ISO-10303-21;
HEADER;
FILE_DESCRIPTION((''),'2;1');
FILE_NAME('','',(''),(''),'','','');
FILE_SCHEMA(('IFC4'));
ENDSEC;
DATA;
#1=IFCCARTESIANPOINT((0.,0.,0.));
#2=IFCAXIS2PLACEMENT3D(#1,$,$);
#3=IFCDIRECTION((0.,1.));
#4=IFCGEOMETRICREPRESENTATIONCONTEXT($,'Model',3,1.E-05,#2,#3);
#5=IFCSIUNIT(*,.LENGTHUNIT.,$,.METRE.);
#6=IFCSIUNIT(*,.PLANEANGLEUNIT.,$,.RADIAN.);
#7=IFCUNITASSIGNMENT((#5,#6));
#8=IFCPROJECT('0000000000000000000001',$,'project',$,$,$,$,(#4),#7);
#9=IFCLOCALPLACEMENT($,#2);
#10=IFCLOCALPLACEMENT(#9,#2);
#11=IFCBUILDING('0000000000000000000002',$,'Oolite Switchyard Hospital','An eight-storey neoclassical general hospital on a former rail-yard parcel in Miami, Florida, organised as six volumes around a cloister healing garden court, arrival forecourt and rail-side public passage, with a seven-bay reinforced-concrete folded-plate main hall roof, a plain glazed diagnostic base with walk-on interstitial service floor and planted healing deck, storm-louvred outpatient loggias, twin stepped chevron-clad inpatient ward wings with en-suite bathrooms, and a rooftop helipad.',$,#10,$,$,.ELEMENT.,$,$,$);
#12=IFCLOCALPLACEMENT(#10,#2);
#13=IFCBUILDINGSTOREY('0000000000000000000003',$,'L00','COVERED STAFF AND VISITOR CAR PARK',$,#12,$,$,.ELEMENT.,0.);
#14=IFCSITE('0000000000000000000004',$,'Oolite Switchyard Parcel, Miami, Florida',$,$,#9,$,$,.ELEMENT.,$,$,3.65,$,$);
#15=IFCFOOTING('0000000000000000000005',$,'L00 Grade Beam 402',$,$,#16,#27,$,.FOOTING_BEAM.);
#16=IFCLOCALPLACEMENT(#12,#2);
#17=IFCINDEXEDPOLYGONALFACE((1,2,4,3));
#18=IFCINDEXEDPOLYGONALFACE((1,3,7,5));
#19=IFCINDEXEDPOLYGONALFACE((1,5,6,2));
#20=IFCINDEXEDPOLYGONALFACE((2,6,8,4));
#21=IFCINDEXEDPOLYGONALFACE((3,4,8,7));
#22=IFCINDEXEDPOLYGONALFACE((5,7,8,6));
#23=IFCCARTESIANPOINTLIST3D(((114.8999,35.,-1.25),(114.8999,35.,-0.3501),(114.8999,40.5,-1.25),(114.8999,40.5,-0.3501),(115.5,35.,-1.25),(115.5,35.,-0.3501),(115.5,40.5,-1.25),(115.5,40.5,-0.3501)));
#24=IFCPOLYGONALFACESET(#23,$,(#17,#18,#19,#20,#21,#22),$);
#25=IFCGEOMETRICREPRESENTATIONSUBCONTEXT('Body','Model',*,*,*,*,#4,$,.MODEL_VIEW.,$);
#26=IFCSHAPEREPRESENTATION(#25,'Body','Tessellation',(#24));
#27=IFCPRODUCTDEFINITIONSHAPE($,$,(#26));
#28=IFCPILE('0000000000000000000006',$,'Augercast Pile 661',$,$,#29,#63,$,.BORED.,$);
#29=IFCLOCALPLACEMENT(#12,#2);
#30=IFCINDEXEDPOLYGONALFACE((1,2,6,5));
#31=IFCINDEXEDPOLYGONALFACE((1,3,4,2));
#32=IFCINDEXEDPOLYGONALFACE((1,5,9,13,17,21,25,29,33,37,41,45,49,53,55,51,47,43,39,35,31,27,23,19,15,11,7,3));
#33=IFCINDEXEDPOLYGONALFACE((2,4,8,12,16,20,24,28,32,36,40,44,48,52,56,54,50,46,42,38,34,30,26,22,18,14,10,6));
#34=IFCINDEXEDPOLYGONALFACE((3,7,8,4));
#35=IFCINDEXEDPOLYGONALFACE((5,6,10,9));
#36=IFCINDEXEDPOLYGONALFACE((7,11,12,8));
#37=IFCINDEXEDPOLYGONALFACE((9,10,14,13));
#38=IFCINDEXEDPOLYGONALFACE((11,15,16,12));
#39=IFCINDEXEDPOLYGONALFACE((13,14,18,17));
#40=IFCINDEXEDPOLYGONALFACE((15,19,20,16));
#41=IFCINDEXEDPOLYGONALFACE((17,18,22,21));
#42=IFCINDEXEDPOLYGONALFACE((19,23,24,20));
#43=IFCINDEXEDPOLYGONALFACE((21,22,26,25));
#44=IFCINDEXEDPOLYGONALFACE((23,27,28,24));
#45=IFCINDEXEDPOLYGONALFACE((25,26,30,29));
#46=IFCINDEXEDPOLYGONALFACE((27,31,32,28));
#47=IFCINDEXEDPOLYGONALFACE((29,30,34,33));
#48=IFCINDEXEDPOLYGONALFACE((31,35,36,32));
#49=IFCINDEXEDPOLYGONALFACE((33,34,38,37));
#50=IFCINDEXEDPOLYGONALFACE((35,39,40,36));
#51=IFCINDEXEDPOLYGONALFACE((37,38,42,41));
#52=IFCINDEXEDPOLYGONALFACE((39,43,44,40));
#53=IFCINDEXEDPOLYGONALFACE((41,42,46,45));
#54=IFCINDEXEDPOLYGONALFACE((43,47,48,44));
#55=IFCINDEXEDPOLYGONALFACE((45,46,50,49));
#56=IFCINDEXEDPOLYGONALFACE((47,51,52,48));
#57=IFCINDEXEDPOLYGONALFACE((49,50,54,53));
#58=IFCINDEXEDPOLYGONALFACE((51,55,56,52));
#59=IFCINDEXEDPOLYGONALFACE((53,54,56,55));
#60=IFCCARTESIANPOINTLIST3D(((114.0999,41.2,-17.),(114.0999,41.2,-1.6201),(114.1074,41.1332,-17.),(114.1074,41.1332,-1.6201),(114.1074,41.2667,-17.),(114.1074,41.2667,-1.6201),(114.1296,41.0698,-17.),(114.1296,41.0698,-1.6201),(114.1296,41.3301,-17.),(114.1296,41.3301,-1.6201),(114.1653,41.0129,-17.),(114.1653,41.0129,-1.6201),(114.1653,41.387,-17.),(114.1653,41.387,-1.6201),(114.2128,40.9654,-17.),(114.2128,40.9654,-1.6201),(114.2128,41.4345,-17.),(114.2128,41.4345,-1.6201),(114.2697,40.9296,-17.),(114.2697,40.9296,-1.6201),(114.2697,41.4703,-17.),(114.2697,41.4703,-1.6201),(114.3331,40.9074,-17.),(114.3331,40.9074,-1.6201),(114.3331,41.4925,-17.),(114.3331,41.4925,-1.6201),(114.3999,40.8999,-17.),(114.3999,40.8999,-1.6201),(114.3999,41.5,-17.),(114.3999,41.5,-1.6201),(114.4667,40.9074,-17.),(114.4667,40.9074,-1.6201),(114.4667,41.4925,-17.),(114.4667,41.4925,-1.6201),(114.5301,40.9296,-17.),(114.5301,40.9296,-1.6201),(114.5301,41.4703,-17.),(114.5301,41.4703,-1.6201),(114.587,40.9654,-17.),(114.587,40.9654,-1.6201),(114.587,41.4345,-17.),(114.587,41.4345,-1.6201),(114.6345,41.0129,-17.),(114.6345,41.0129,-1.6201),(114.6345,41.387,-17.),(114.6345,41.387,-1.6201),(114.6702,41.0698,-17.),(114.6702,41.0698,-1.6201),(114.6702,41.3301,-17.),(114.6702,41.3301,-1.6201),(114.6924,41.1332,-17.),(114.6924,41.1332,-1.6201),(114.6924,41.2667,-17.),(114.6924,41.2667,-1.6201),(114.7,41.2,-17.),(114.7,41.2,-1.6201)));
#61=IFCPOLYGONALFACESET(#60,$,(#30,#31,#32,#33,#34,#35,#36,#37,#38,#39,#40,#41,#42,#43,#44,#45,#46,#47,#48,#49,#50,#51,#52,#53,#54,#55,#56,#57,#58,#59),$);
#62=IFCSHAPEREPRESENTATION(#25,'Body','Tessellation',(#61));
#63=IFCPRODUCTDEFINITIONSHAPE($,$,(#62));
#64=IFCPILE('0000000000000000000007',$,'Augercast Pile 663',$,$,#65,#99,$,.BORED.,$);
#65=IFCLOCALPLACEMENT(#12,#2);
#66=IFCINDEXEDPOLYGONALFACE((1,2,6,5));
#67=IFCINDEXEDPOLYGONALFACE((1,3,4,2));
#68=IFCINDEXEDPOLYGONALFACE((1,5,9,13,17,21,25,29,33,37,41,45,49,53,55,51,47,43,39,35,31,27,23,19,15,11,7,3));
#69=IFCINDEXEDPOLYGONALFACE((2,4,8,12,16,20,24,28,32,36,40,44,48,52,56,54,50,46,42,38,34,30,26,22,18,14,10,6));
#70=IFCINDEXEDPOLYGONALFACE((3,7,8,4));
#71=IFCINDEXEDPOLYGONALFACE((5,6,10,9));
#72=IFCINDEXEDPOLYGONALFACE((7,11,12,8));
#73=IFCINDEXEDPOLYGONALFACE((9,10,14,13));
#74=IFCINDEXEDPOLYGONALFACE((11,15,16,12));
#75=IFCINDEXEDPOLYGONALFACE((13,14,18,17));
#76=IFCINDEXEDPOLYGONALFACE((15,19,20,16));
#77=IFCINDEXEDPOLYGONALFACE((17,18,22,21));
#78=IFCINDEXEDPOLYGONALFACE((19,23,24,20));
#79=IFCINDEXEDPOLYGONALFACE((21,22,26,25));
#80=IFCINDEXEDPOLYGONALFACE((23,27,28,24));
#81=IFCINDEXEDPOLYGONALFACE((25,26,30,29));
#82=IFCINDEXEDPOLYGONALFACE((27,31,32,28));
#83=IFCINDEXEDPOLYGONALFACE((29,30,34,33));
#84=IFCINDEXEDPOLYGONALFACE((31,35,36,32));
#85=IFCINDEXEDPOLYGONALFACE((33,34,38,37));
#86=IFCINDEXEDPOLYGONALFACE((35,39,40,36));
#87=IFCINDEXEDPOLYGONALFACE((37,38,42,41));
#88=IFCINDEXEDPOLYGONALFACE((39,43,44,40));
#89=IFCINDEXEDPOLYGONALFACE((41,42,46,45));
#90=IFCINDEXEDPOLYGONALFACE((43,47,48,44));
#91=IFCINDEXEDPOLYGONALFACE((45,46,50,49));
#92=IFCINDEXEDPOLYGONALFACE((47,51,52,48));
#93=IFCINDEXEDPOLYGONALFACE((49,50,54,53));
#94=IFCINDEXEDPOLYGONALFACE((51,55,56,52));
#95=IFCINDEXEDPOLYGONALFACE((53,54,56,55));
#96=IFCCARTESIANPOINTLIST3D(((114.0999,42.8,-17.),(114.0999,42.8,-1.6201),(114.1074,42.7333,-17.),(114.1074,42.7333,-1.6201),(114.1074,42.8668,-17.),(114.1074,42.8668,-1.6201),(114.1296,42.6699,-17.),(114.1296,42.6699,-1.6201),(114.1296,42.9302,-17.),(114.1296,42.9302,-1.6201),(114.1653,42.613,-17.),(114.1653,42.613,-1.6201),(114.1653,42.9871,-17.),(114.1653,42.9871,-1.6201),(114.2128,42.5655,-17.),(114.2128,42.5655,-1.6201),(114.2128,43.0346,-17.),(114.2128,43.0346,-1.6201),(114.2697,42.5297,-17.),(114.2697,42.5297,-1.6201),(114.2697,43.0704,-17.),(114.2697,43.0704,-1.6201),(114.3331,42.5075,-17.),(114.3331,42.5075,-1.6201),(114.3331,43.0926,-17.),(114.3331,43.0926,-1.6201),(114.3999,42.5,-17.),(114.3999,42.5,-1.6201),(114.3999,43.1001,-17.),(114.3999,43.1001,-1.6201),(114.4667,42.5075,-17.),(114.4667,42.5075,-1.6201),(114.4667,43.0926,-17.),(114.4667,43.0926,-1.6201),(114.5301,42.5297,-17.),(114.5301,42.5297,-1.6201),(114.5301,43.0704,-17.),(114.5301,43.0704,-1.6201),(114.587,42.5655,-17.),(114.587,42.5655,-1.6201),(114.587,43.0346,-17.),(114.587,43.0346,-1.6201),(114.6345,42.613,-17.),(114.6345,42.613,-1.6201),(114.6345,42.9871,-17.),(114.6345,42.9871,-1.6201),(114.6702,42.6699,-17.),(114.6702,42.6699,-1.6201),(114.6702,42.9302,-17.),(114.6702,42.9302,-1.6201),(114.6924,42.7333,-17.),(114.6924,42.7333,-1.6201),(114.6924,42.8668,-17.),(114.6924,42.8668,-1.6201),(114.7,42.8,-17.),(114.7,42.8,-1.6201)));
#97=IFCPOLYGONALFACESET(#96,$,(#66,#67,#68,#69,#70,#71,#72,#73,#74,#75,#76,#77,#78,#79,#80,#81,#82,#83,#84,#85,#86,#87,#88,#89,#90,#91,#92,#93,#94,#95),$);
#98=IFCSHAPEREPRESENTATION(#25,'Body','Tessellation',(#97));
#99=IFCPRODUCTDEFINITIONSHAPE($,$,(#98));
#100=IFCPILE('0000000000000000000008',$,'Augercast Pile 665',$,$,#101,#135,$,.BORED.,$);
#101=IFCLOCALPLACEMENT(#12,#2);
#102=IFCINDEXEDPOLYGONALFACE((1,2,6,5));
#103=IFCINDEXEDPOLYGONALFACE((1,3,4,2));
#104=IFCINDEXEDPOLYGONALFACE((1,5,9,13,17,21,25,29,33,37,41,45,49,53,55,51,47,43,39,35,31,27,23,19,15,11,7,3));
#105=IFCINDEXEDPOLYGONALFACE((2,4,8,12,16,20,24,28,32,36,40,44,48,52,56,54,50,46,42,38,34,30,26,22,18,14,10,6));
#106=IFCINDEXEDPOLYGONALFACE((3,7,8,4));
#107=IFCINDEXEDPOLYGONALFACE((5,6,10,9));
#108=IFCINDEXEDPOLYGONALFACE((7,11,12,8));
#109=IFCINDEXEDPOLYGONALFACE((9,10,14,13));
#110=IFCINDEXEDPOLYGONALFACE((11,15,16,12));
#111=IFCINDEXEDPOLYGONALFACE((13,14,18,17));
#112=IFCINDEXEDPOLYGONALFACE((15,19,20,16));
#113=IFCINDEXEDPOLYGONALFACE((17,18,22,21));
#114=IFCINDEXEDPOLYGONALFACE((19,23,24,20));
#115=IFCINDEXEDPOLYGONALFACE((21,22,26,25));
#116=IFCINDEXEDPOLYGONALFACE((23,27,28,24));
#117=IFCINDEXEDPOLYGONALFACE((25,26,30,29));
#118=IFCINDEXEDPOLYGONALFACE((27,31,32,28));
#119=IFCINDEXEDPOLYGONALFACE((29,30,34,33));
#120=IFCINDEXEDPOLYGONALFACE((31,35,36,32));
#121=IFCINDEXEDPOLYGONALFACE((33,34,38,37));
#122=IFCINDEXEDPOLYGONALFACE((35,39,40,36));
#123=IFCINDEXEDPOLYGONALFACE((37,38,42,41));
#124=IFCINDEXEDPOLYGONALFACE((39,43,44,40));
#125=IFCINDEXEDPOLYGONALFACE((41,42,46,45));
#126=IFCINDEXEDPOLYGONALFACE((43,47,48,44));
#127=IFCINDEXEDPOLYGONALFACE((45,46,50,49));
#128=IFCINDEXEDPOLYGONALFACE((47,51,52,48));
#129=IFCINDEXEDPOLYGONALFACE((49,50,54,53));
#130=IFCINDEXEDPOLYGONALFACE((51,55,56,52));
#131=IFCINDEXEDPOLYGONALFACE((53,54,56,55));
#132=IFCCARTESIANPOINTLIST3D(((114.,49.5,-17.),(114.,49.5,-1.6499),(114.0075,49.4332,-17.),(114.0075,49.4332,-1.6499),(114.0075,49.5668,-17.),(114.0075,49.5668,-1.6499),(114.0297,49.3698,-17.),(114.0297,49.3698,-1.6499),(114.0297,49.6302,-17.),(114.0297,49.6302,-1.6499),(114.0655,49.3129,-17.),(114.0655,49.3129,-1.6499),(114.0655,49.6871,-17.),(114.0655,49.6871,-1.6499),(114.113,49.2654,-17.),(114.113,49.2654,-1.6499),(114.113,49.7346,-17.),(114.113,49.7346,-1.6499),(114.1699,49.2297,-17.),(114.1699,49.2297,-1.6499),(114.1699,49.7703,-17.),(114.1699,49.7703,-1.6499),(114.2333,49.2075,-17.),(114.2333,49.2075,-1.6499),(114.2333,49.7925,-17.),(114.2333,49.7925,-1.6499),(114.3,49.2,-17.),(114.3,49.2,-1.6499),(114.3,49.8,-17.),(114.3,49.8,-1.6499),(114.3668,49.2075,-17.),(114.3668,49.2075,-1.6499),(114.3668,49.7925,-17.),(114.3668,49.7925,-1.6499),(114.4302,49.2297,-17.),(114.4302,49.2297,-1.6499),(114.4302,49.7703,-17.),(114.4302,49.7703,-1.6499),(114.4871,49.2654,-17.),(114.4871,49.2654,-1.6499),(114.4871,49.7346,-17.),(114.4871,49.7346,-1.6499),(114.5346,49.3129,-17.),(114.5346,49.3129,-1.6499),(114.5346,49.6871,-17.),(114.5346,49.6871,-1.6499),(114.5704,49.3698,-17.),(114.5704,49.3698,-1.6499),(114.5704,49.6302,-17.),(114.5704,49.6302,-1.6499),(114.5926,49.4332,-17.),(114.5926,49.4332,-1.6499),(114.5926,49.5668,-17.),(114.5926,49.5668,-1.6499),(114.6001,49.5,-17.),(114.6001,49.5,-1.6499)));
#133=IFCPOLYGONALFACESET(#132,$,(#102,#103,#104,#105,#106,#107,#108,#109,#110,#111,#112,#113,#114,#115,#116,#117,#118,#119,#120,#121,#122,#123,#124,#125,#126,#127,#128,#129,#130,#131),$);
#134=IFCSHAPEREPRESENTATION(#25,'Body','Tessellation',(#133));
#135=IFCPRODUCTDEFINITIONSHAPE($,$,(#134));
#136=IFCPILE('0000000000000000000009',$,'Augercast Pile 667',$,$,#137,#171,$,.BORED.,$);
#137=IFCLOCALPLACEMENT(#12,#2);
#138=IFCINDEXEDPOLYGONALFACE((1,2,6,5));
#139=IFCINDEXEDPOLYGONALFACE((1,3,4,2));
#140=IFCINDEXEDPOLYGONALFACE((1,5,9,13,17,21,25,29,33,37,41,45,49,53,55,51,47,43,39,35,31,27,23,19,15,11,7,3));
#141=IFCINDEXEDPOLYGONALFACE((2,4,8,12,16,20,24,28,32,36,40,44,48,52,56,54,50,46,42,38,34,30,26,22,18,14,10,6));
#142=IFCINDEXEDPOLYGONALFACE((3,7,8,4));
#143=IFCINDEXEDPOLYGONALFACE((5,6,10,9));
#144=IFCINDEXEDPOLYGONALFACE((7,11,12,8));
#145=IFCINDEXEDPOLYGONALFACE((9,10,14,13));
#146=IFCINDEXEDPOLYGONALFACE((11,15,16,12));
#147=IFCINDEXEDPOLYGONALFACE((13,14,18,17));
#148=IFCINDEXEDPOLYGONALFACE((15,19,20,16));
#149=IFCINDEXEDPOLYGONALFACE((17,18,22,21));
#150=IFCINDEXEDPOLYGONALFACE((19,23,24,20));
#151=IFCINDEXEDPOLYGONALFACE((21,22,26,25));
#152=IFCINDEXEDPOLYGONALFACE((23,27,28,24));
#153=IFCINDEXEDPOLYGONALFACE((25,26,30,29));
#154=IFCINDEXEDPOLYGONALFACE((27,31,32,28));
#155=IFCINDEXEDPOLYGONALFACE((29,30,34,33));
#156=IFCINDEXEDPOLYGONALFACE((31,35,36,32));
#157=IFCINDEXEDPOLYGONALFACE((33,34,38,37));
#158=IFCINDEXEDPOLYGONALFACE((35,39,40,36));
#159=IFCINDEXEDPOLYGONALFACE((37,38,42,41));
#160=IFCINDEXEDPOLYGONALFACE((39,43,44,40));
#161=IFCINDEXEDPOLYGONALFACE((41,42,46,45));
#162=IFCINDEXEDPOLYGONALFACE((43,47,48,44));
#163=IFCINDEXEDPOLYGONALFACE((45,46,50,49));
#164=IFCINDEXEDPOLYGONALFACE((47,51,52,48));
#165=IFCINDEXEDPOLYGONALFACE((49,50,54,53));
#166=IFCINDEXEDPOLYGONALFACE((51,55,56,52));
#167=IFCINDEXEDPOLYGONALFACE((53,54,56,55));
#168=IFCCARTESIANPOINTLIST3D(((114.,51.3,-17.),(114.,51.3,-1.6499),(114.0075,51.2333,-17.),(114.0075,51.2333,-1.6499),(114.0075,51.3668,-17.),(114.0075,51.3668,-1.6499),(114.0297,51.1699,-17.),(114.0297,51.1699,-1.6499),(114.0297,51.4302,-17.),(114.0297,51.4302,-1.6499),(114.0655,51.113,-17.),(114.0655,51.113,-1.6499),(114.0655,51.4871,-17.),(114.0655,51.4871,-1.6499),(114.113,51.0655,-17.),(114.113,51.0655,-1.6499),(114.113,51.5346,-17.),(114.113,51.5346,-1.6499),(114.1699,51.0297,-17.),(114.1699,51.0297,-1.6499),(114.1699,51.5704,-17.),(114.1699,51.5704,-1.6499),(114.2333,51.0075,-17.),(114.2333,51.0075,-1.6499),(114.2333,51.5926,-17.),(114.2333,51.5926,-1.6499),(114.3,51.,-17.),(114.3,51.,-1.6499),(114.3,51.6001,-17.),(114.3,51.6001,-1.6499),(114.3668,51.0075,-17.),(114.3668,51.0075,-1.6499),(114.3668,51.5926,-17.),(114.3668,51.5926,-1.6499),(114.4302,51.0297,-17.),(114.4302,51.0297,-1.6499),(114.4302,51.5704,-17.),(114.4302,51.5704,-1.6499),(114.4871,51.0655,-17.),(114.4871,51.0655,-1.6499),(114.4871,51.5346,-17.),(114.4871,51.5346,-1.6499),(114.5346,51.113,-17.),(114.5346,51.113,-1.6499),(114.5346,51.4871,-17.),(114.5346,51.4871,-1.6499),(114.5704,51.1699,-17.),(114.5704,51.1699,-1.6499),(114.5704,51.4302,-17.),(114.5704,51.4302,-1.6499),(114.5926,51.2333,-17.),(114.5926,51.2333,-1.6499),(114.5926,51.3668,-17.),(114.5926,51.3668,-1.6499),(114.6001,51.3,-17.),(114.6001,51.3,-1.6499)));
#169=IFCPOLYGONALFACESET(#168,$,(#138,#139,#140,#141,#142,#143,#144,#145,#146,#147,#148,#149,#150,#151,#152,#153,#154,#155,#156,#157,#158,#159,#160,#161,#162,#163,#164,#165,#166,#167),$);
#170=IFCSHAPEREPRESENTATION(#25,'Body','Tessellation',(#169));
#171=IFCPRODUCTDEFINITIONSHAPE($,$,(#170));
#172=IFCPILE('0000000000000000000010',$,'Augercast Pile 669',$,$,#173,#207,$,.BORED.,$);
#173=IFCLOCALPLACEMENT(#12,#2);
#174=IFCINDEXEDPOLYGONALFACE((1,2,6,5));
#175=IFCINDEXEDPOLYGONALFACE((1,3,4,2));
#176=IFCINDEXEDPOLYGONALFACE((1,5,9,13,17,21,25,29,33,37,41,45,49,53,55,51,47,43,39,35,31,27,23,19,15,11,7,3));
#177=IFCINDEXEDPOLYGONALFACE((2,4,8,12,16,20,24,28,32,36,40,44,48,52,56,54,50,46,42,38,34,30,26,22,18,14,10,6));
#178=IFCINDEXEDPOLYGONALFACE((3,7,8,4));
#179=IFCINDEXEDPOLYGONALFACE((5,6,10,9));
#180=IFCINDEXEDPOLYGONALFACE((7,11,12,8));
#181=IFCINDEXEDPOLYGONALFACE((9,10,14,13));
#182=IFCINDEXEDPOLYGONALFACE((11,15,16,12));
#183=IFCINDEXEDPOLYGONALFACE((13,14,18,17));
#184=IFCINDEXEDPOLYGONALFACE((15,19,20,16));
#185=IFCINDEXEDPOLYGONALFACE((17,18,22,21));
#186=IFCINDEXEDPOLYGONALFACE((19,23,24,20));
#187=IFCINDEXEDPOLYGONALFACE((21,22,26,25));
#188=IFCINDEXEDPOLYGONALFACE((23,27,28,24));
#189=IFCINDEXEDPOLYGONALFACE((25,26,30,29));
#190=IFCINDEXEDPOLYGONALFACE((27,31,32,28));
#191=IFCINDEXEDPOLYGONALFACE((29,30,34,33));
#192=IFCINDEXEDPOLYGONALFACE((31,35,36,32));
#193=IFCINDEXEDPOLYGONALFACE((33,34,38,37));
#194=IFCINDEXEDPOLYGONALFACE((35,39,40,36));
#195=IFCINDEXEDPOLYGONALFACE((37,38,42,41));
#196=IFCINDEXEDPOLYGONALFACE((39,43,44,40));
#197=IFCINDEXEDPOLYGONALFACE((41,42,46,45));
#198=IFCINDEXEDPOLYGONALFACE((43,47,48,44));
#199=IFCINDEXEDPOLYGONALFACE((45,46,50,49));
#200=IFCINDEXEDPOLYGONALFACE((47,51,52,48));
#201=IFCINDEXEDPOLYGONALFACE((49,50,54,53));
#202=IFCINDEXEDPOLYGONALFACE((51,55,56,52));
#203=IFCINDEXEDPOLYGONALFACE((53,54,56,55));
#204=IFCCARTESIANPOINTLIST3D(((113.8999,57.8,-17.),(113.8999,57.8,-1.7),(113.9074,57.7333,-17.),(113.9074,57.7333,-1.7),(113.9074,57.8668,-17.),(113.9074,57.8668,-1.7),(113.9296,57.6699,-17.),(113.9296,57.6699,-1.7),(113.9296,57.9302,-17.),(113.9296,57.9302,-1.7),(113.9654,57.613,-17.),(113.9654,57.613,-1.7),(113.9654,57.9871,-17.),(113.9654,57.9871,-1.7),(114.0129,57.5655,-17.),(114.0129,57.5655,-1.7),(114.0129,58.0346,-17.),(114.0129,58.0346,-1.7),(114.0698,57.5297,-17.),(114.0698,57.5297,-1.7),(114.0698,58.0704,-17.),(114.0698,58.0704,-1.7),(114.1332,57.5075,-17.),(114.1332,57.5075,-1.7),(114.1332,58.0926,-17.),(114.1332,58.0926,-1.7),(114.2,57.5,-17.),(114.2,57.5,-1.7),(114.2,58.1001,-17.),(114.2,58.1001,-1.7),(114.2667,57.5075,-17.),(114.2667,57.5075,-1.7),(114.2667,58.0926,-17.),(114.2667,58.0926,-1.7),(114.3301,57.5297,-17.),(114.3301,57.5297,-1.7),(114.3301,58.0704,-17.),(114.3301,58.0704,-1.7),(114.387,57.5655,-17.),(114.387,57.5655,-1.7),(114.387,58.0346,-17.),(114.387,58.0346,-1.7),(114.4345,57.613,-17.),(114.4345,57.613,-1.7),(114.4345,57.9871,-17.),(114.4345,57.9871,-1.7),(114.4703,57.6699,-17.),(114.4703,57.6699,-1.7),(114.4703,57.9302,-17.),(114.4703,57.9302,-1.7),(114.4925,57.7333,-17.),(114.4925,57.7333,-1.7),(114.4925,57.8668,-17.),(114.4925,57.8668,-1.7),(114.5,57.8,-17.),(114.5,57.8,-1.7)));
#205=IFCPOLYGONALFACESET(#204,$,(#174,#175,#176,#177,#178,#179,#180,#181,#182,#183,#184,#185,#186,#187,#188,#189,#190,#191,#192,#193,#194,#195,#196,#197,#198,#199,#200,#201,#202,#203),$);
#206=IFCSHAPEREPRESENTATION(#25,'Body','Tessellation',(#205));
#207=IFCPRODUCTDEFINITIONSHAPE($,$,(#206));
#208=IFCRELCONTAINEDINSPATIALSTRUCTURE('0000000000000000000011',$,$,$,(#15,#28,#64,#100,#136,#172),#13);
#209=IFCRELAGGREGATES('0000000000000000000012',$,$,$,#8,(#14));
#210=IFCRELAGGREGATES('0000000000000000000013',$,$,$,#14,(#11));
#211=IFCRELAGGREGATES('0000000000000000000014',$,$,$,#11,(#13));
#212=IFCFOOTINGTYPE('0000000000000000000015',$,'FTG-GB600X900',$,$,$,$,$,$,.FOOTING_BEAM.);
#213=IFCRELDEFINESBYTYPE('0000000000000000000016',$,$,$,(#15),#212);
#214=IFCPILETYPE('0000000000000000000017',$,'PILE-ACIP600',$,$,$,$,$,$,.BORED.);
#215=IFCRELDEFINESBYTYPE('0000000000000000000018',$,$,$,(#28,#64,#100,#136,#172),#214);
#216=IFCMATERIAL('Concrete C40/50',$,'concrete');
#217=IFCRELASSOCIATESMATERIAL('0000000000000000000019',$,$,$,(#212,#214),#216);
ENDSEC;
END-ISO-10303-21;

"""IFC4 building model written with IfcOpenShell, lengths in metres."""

from ifc_helpers import new_model, si_unit, direction, frame, origin, origin_2d, place, context, subcontext, project, spatial, rectangle, circle, extrude, material, material_profile, profile_set, type_object, element, save


model = new_model("IFC4")

# Units and contexts
model_context = context("Model", 3, precision=1e-05, world=origin(), true_north=direction((0.0, 1.0)))
body_context = subcontext(model_context, "Body", "Model", "MODEL_VIEW")
ifc_project = project(units=[si_unit("LENGTHUNIT", "METRE"), si_unit("PLANEANGLEUNIT", "RADIAN")], contexts=[model_context])

# Site, building, storey
site_placement = place(None, origin())
site = spatial("IfcSite", under=ifc_project, at=site_placement, Name="Oolite Switchyard Parcel, Miami, Florida", CompositionType="ELEMENT", RefElevation=3.65)
building_placement = place(site_placement, origin())
building = spatial("IfcBuilding", under=site, at=building_placement, Name="Oolite Switchyard Hospital", Description="An eight-storey neoclassical general hospital on a former rail-yard parcel in Miami, Florida, organised as six volumes around a cloister healing garden court, arrival forecourt and rail-side public passage, with a seven-bay reinforced-concrete folded-plate main hall roof, a plain glazed diagnostic base with walk-on interstitial service floor and planted healing deck, storm-louvred outpatient loggias, twin stepped chevron-clad inpatient ward wings with en-suite bathrooms, and a rooftop helipad.", CompositionType="ELEMENT")
storey_placement = place(building_placement, origin())
storey = spatial("IfcBuildingStorey", under=building, at=storey_placement, Name="L00", Description="COVERED STAFF AND VISITOR CAR PARK", CompositionType="ELEMENT", Elevation=0.0)

# Footing
ifc_material_1 = material(Name="Concrete C40/50", Category="concrete")
footing_type = type_object("IfcFootingType", Name="FTG-GB600X900", PredefinedType="FOOTING_BEAM", material=ifc_material_1)
footing_placement = place(storey_placement, frame((115.2, 37.75, -1.25), z_axis=(0.0, 0.0, 1.0), x_axis=(0.0, 1.0, 0.0)))
element("IfcFooting", 1, at=footing_placement, inside=storey, type_object=footing_type, Name="L00 Grade Beam 402", PredefinedType="FOOTING_BEAM", context=body_context, shape_type="SweptSolid", body=[
    extrude(rectangle(XDim=5.5, YDim=0.6001, at=origin_2d()), origin(), (0.0, 0.0, 1.0), 0.8999),
])

# Piles
ifc_material_profile_1 = material_profile(ifc_material_1, circle(Radius=0.3, at=origin_2d()), Name="PILE600")
ifc_profile_set_1 = profile_set([ifc_material_profile_1], Name="Concrete C40/50")
pile_type = type_object("IfcPileType", Name="PILE-ACIP600", PredefinedType="BORED", material=ifc_profile_set_1)
for number, where, z_axis, x_axis, name in (
    (2, (114.3999, 41.2, -1.6201), (0.0, 0.0, -1.0), (1.0, 0.0, 0.0), "Augercast Pile 661"),
    (3, (114.3999, 42.8, -1.6201), (0.0, 0.0, -1.0), (1.0, 0.0, 0.0), "Augercast Pile 663"),
):
    element("IfcPile", number, at=place(storey_placement, frame(where, z_axis=z_axis, x_axis=x_axis)), inside=storey, type_object=pile_type, Name=name, PredefinedType="BORED", context=body_context, shape_type="SweptSolid", body=[
        extrude(circle(Radius=0.3, at=origin_2d()), origin(), (0.0, 0.0, 1.0), 15.3799),
    ])
for number, where, z_axis, x_axis, name in (
    (4, (114.3, 49.5, -1.6499), (0.0, 0.0, -1.0), (1.0, 0.0, 0.0), "Augercast Pile 665"),
    (5, (114.3, 51.3, -1.6499), (0.0, 0.0, -1.0), (1.0, 0.0, 0.0), "Augercast Pile 667"),
):
    element("IfcPile", number, at=place(storey_placement, frame(where, z_axis=z_axis, x_axis=x_axis)), inside=storey, type_object=pile_type, Name=name, PredefinedType="BORED", context=body_context, shape_type="SweptSolid", body=[
        extrude(circle(Radius=0.3, at=origin_2d()), origin(), (0.0, 0.0, 1.0), 15.3501),
    ])
for number, where, z_axis, x_axis, name in (
    (6, (114.2, 57.8, -1.7), (0.0, 0.0, -1.0), (1.0, 0.0, 0.0), "Augercast Pile 669"),
):
    element("IfcPile", number, at=place(storey_placement, frame(where, z_axis=z_axis, x_axis=x_axis)), inside=storey, type_object=pile_type, Name=name, PredefinedType="BORED", context=body_context, shape_type="SweptSolid", body=[
        extrude(circle(Radius=0.3, at=origin_2d()), origin(), (0.0, 0.0, 1.0), 15.3),
    ])

save(model, "model.ifc")
